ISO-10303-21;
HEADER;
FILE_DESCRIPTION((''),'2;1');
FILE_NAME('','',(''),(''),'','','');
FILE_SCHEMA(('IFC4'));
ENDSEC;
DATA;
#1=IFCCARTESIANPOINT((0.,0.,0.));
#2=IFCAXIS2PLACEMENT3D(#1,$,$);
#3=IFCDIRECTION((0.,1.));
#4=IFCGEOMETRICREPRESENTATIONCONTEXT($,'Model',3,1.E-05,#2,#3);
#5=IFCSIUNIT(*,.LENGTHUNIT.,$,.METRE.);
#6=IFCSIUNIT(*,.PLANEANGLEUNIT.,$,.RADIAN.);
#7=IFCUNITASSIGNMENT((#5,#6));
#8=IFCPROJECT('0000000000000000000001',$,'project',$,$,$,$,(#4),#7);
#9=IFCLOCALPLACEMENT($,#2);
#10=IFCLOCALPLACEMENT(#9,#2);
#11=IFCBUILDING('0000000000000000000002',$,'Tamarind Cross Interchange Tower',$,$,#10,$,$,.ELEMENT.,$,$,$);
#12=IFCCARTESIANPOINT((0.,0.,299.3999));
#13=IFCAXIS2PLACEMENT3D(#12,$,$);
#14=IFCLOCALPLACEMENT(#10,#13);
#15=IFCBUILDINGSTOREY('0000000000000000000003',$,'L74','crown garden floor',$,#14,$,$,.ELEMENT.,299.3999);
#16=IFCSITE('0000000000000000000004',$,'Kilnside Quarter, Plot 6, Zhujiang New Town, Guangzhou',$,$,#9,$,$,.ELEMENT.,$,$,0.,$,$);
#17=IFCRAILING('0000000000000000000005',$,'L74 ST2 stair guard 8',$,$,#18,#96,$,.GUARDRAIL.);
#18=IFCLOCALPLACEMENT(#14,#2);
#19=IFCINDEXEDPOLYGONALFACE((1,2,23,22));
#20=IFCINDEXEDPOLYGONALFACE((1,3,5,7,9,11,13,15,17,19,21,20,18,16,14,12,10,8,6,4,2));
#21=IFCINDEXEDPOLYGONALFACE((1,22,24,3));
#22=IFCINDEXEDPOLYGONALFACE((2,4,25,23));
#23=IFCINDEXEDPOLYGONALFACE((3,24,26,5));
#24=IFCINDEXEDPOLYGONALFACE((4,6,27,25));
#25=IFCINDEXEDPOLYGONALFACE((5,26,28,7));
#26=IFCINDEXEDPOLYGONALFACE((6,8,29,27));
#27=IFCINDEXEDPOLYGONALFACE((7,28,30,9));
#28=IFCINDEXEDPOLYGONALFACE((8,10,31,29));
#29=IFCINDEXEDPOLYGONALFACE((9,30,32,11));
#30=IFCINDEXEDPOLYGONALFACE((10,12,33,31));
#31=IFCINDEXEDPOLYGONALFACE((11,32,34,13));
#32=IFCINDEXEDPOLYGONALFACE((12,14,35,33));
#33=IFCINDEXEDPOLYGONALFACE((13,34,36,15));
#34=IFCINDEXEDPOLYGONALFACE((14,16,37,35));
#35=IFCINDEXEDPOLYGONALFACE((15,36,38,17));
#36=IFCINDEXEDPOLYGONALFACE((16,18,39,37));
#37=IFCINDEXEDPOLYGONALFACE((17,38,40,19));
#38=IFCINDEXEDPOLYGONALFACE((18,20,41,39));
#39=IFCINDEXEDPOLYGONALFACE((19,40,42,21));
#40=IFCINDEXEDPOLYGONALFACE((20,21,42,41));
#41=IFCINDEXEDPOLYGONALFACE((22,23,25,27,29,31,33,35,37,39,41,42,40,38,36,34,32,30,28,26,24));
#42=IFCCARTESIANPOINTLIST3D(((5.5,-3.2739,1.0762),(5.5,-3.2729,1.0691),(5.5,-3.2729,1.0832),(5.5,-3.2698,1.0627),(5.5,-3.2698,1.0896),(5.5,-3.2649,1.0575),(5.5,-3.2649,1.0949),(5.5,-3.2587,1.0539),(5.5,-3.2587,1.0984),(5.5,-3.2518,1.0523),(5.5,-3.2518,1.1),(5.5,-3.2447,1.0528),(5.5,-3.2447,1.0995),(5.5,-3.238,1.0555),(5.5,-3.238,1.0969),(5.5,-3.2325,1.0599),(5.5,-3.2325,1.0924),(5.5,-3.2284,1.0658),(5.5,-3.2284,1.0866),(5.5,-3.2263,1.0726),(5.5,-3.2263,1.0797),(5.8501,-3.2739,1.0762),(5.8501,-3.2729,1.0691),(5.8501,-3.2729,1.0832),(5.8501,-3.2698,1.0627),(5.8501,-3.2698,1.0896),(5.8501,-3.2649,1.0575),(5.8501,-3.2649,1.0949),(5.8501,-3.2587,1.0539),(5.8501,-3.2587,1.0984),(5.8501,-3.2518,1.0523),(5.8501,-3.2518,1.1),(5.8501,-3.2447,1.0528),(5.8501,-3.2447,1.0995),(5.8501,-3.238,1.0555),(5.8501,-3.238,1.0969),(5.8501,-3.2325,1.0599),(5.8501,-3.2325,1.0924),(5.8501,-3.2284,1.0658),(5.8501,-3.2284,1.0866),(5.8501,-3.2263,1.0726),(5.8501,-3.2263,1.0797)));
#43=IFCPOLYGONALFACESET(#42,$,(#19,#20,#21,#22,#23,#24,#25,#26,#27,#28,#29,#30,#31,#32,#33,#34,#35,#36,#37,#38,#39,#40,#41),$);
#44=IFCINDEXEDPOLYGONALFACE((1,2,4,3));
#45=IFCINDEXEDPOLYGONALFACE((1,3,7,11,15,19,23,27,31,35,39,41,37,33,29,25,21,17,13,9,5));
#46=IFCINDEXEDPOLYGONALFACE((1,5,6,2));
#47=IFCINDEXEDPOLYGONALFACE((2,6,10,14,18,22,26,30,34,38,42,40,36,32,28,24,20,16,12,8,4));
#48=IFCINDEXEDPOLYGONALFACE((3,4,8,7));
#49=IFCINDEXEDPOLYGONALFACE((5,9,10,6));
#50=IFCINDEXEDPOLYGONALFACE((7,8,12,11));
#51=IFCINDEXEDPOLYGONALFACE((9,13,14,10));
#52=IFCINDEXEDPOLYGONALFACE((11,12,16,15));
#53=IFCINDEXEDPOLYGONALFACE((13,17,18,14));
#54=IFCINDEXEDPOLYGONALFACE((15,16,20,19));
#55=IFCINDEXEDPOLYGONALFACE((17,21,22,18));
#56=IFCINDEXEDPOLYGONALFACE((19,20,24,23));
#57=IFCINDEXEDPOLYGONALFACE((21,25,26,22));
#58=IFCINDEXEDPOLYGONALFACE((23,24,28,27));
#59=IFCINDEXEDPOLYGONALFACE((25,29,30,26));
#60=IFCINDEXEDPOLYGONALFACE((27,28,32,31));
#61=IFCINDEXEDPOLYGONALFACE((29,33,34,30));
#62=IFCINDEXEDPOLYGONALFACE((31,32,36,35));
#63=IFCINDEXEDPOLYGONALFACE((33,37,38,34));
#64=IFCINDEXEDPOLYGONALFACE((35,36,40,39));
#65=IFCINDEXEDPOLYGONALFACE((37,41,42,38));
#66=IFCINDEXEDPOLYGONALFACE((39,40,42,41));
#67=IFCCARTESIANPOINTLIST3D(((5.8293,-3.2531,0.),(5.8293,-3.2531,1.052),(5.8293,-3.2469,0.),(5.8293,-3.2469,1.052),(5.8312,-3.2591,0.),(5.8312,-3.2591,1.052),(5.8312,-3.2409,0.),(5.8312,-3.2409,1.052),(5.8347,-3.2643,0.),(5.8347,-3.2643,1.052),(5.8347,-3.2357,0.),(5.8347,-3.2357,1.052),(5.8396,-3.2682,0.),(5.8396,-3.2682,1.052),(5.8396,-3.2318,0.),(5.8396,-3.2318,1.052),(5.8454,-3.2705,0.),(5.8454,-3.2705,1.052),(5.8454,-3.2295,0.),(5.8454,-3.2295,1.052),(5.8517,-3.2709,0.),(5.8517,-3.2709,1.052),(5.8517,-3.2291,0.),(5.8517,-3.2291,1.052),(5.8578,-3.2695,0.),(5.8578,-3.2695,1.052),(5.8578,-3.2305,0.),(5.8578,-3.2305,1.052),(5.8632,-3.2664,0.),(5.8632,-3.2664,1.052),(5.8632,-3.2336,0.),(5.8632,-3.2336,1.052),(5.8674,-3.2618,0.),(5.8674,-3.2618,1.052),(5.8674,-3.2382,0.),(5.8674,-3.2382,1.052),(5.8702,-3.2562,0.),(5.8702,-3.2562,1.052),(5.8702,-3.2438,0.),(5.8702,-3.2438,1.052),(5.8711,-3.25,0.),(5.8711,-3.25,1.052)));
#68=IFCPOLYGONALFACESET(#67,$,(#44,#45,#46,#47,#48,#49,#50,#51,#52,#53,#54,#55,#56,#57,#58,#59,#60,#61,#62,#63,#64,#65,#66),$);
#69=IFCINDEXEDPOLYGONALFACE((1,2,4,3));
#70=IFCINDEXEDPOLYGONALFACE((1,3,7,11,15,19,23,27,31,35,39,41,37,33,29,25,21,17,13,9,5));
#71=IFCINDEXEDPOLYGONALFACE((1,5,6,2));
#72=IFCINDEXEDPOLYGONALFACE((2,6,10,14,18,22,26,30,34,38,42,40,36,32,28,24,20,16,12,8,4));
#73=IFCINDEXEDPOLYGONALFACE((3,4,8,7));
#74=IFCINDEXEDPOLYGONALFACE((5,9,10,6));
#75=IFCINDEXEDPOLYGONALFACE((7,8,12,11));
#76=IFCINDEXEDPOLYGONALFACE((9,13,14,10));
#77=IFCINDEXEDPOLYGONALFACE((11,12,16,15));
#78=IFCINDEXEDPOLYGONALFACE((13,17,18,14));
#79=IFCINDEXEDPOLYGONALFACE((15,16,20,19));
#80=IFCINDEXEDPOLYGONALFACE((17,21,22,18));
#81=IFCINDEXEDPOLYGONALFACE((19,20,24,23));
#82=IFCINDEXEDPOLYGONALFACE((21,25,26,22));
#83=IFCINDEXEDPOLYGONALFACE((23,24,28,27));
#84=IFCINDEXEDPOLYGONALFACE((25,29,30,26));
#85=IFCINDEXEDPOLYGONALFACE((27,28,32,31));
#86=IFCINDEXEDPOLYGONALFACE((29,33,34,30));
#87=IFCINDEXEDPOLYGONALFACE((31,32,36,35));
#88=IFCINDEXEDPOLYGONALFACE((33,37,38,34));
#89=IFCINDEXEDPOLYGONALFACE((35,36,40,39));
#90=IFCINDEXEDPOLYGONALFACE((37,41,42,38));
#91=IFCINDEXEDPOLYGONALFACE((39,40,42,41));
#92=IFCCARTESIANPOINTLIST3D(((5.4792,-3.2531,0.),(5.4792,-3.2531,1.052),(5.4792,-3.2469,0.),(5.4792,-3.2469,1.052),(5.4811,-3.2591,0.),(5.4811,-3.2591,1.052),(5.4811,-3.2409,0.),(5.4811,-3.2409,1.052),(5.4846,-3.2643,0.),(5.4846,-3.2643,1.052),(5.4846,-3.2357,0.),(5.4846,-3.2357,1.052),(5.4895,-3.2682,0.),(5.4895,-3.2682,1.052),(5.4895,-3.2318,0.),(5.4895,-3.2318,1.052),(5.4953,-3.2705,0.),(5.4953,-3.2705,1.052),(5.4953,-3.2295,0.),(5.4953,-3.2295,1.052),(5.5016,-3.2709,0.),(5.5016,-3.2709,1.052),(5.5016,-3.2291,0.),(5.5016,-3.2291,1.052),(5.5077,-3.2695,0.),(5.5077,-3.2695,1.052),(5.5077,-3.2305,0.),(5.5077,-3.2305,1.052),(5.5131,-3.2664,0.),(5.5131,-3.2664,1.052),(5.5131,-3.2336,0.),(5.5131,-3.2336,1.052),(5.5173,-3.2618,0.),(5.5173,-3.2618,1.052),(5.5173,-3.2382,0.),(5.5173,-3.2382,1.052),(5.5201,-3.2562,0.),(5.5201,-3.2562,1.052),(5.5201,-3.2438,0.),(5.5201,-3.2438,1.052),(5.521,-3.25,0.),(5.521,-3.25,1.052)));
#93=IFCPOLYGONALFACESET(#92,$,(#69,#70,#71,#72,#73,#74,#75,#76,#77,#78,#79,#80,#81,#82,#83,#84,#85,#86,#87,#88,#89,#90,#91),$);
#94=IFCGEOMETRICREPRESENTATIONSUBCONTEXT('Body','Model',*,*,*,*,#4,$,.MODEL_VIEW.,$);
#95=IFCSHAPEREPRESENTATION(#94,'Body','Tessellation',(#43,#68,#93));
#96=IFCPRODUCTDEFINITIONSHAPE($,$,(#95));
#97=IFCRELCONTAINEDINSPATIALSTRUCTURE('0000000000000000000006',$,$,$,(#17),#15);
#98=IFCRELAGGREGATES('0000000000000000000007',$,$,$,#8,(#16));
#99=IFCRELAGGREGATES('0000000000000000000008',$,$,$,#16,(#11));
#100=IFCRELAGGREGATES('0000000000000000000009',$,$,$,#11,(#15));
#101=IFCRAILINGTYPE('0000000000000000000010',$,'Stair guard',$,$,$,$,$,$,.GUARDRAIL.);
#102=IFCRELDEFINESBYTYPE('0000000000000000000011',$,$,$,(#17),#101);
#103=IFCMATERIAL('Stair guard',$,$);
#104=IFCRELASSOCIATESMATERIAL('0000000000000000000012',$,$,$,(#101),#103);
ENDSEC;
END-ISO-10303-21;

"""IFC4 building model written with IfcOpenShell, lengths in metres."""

from ifc_helpers import new_model, si_unit, direction, frame, origin, origin_2d, place, context, subcontext, project, spatial, circle, extrude, material, type_object, element, save


model = new_model("IFC4")

# Units and contexts
model_context = context("Model", 3, precision=1e-05, world=origin(), true_north=direction((0.0, 1.0)))
body_context = subcontext(model_context, "Body", "Model", "MODEL_VIEW")
ifc_project = project(units=[si_unit("LENGTHUNIT", "METRE"), si_unit("PLANEANGLEUNIT", "RADIAN")], contexts=[model_context])

# Site, building, storey
site_placement = place(None, origin())
site = spatial("IfcSite", under=ifc_project, at=site_placement, Name="Kilnside Quarter, Plot 6, Zhujiang New Town, Guangzhou", CompositionType="ELEMENT", RefElevation=0.0)
building_placement = place(site_placement, origin())
building = spatial("IfcBuilding", under=site, at=building_placement, Name="Tamarind Cross Interchange Tower", CompositionType="ELEMENT")
storey_placement = place(building_placement, frame((0.0, 0.0, 299.3999)))
storey = spatial("IfcBuildingStorey", under=building, at=storey_placement, Name="L74", Description="crown garden floor", CompositionType="ELEMENT", Elevation=299.3999)

# Railing
ifc_material_1 = material(Name="Stair guard")
railing_type_1 = type_object("IfcRailingType", Name="Stair guard", PredefinedType="GUARDRAIL", material=ifc_material_1)
railing_1_placement = place(storey_placement, frame((5.8501, -3.25, 0.0)))
element("IfcRailing", 1, at=railing_1_placement, inside=storey, type_object=railing_type_1, Name="L74 ST2 stair guard 8", PredefinedType="GUARDRAIL", context=body_context, shape_type="SweptSolid", body=[
    extrude(circle(Radius=0.0239, at=origin_2d()), frame((0.0, 0.0, 1.0762), z_axis=(-1.0, 0.0, 0.0), x_axis=(0.0, -1.0, 0.0)), (0.0, 0.0, 1.0), 0.3501),
    extrude(circle(Radius=0.021, at=origin_2d()), origin(), (0.0, 0.0, 1.0), 1.052),
    extrude(circle(Radius=0.021, at=origin_2d()), frame((-0.3501, 0.0, 0.0)), (0.0, 0.0, 1.0), 1.052),
])

save(model, "model.ifc")
